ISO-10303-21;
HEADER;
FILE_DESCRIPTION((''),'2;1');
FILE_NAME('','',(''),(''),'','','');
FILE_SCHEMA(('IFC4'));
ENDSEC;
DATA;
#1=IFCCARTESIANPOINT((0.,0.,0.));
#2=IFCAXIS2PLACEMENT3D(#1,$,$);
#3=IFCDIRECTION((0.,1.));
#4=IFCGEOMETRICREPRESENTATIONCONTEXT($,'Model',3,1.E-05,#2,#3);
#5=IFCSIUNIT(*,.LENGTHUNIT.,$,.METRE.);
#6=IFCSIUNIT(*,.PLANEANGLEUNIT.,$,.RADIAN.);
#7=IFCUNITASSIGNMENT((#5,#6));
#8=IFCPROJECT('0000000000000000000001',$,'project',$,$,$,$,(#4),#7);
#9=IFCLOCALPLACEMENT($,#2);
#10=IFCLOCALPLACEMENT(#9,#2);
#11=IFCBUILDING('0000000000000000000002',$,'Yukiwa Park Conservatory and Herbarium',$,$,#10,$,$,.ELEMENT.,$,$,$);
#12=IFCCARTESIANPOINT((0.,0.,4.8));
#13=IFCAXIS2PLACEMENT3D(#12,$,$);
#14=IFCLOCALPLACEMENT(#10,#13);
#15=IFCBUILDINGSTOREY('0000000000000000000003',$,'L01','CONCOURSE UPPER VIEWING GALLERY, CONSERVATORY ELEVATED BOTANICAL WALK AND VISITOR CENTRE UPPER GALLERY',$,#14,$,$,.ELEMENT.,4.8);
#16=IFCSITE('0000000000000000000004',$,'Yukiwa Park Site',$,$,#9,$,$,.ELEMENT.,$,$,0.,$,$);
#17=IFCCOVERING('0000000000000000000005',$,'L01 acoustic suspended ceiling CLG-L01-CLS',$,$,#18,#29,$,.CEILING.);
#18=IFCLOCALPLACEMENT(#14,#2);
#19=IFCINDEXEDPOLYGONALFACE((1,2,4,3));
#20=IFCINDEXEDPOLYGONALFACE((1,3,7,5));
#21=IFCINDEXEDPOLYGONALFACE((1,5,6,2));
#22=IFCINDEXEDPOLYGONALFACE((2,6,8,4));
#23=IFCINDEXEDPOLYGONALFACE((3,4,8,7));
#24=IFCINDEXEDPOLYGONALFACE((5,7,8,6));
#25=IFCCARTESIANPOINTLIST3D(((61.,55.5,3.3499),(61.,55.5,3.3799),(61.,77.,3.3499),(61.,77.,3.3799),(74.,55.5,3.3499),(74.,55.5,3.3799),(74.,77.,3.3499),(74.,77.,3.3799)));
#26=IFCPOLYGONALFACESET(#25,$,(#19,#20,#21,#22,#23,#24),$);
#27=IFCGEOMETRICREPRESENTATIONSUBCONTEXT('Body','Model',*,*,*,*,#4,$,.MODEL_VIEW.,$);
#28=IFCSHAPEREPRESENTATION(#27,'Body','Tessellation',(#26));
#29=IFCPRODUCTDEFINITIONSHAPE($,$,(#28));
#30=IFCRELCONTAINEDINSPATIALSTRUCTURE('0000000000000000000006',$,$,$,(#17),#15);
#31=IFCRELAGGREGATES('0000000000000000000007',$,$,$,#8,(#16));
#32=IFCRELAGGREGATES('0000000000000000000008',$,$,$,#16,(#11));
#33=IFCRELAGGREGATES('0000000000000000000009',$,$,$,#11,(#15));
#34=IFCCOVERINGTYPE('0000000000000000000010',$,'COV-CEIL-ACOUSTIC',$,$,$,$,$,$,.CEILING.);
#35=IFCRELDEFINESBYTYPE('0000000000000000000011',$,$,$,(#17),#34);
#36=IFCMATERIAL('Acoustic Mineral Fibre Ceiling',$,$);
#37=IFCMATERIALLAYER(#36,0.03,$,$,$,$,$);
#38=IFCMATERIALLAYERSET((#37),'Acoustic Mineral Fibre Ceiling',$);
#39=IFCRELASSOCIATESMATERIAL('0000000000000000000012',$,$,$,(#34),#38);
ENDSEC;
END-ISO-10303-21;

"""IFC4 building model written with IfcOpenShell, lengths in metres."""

from ifc_helpers import new_model, si_unit, direction, frame, origin, place, context, subcontext, project, spatial, polyline, outline, extrude, material, layer, layer_set, type_object, element, save


model = new_model("IFC4")

# Units and contexts
model_context = context("Model", 3, precision=1e-05, world=origin(), true_north=direction((0.0, 1.0)))
body_context = subcontext(model_context, "Body", "Model", "MODEL_VIEW")
ifc_project = project(units=[si_unit("LENGTHUNIT", "METRE"), si_unit("PLANEANGLEUNIT", "RADIAN")], contexts=[model_context])

# Site, building, storey
site_placement = place(None, origin())
site = spatial("IfcSite", under=ifc_project, at=site_placement, Name="Yukiwa Park Site", CompositionType="ELEMENT", RefElevation=0.0)
building_placement = place(site_placement, origin())
building = spatial("IfcBuilding", under=site, at=building_placement, Name="Yukiwa Park Conservatory and Herbarium", CompositionType="ELEMENT")
storey_placement = place(building_placement, frame((0.0, 0.0, 4.8)))
storey = spatial("IfcBuildingStorey", under=building, at=storey_placement, Name="L01", Description="CONCOURSE UPPER VIEWING GALLERY, CONSERVATORY ELEVATED BOTANICAL WALK AND VISITOR CENTRE UPPER GALLERY", CompositionType="ELEMENT", Elevation=4.8)

# Covering
ifc_material_1 = material(Name="Acoustic Mineral Fibre Ceiling")
ifc_layer_1 = layer(ifc_material_1, 0.03)
ifc_layer_set_1 = layer_set([ifc_layer_1], Name="Acoustic Mineral Fibre Ceiling")
covering_type = type_object("IfcCoveringType", Name="COV-CEIL-ACOUSTIC", PredefinedType="CEILING", material=ifc_layer_set_1)
covering_placement = place(storey_placement, frame((0.0, 0.0, 3.3499)))
element("IfcCovering", 1, at=covering_placement, inside=storey, type_object=covering_type, Name="L01 acoustic suspended ceiling CLG-L01-CLS", PredefinedType="CEILING", context=body_context, shape_type="SweptSolid", body=[
    extrude(outline(polyline([(61.0, 55.5), (74.0, 55.5), (74.0, 77.0), (61.0, 77.0), (61.0, 55.5)])), origin(), (0.0, 0.0, 1.0), 0.03),
])

save(model, "model.ifc")
